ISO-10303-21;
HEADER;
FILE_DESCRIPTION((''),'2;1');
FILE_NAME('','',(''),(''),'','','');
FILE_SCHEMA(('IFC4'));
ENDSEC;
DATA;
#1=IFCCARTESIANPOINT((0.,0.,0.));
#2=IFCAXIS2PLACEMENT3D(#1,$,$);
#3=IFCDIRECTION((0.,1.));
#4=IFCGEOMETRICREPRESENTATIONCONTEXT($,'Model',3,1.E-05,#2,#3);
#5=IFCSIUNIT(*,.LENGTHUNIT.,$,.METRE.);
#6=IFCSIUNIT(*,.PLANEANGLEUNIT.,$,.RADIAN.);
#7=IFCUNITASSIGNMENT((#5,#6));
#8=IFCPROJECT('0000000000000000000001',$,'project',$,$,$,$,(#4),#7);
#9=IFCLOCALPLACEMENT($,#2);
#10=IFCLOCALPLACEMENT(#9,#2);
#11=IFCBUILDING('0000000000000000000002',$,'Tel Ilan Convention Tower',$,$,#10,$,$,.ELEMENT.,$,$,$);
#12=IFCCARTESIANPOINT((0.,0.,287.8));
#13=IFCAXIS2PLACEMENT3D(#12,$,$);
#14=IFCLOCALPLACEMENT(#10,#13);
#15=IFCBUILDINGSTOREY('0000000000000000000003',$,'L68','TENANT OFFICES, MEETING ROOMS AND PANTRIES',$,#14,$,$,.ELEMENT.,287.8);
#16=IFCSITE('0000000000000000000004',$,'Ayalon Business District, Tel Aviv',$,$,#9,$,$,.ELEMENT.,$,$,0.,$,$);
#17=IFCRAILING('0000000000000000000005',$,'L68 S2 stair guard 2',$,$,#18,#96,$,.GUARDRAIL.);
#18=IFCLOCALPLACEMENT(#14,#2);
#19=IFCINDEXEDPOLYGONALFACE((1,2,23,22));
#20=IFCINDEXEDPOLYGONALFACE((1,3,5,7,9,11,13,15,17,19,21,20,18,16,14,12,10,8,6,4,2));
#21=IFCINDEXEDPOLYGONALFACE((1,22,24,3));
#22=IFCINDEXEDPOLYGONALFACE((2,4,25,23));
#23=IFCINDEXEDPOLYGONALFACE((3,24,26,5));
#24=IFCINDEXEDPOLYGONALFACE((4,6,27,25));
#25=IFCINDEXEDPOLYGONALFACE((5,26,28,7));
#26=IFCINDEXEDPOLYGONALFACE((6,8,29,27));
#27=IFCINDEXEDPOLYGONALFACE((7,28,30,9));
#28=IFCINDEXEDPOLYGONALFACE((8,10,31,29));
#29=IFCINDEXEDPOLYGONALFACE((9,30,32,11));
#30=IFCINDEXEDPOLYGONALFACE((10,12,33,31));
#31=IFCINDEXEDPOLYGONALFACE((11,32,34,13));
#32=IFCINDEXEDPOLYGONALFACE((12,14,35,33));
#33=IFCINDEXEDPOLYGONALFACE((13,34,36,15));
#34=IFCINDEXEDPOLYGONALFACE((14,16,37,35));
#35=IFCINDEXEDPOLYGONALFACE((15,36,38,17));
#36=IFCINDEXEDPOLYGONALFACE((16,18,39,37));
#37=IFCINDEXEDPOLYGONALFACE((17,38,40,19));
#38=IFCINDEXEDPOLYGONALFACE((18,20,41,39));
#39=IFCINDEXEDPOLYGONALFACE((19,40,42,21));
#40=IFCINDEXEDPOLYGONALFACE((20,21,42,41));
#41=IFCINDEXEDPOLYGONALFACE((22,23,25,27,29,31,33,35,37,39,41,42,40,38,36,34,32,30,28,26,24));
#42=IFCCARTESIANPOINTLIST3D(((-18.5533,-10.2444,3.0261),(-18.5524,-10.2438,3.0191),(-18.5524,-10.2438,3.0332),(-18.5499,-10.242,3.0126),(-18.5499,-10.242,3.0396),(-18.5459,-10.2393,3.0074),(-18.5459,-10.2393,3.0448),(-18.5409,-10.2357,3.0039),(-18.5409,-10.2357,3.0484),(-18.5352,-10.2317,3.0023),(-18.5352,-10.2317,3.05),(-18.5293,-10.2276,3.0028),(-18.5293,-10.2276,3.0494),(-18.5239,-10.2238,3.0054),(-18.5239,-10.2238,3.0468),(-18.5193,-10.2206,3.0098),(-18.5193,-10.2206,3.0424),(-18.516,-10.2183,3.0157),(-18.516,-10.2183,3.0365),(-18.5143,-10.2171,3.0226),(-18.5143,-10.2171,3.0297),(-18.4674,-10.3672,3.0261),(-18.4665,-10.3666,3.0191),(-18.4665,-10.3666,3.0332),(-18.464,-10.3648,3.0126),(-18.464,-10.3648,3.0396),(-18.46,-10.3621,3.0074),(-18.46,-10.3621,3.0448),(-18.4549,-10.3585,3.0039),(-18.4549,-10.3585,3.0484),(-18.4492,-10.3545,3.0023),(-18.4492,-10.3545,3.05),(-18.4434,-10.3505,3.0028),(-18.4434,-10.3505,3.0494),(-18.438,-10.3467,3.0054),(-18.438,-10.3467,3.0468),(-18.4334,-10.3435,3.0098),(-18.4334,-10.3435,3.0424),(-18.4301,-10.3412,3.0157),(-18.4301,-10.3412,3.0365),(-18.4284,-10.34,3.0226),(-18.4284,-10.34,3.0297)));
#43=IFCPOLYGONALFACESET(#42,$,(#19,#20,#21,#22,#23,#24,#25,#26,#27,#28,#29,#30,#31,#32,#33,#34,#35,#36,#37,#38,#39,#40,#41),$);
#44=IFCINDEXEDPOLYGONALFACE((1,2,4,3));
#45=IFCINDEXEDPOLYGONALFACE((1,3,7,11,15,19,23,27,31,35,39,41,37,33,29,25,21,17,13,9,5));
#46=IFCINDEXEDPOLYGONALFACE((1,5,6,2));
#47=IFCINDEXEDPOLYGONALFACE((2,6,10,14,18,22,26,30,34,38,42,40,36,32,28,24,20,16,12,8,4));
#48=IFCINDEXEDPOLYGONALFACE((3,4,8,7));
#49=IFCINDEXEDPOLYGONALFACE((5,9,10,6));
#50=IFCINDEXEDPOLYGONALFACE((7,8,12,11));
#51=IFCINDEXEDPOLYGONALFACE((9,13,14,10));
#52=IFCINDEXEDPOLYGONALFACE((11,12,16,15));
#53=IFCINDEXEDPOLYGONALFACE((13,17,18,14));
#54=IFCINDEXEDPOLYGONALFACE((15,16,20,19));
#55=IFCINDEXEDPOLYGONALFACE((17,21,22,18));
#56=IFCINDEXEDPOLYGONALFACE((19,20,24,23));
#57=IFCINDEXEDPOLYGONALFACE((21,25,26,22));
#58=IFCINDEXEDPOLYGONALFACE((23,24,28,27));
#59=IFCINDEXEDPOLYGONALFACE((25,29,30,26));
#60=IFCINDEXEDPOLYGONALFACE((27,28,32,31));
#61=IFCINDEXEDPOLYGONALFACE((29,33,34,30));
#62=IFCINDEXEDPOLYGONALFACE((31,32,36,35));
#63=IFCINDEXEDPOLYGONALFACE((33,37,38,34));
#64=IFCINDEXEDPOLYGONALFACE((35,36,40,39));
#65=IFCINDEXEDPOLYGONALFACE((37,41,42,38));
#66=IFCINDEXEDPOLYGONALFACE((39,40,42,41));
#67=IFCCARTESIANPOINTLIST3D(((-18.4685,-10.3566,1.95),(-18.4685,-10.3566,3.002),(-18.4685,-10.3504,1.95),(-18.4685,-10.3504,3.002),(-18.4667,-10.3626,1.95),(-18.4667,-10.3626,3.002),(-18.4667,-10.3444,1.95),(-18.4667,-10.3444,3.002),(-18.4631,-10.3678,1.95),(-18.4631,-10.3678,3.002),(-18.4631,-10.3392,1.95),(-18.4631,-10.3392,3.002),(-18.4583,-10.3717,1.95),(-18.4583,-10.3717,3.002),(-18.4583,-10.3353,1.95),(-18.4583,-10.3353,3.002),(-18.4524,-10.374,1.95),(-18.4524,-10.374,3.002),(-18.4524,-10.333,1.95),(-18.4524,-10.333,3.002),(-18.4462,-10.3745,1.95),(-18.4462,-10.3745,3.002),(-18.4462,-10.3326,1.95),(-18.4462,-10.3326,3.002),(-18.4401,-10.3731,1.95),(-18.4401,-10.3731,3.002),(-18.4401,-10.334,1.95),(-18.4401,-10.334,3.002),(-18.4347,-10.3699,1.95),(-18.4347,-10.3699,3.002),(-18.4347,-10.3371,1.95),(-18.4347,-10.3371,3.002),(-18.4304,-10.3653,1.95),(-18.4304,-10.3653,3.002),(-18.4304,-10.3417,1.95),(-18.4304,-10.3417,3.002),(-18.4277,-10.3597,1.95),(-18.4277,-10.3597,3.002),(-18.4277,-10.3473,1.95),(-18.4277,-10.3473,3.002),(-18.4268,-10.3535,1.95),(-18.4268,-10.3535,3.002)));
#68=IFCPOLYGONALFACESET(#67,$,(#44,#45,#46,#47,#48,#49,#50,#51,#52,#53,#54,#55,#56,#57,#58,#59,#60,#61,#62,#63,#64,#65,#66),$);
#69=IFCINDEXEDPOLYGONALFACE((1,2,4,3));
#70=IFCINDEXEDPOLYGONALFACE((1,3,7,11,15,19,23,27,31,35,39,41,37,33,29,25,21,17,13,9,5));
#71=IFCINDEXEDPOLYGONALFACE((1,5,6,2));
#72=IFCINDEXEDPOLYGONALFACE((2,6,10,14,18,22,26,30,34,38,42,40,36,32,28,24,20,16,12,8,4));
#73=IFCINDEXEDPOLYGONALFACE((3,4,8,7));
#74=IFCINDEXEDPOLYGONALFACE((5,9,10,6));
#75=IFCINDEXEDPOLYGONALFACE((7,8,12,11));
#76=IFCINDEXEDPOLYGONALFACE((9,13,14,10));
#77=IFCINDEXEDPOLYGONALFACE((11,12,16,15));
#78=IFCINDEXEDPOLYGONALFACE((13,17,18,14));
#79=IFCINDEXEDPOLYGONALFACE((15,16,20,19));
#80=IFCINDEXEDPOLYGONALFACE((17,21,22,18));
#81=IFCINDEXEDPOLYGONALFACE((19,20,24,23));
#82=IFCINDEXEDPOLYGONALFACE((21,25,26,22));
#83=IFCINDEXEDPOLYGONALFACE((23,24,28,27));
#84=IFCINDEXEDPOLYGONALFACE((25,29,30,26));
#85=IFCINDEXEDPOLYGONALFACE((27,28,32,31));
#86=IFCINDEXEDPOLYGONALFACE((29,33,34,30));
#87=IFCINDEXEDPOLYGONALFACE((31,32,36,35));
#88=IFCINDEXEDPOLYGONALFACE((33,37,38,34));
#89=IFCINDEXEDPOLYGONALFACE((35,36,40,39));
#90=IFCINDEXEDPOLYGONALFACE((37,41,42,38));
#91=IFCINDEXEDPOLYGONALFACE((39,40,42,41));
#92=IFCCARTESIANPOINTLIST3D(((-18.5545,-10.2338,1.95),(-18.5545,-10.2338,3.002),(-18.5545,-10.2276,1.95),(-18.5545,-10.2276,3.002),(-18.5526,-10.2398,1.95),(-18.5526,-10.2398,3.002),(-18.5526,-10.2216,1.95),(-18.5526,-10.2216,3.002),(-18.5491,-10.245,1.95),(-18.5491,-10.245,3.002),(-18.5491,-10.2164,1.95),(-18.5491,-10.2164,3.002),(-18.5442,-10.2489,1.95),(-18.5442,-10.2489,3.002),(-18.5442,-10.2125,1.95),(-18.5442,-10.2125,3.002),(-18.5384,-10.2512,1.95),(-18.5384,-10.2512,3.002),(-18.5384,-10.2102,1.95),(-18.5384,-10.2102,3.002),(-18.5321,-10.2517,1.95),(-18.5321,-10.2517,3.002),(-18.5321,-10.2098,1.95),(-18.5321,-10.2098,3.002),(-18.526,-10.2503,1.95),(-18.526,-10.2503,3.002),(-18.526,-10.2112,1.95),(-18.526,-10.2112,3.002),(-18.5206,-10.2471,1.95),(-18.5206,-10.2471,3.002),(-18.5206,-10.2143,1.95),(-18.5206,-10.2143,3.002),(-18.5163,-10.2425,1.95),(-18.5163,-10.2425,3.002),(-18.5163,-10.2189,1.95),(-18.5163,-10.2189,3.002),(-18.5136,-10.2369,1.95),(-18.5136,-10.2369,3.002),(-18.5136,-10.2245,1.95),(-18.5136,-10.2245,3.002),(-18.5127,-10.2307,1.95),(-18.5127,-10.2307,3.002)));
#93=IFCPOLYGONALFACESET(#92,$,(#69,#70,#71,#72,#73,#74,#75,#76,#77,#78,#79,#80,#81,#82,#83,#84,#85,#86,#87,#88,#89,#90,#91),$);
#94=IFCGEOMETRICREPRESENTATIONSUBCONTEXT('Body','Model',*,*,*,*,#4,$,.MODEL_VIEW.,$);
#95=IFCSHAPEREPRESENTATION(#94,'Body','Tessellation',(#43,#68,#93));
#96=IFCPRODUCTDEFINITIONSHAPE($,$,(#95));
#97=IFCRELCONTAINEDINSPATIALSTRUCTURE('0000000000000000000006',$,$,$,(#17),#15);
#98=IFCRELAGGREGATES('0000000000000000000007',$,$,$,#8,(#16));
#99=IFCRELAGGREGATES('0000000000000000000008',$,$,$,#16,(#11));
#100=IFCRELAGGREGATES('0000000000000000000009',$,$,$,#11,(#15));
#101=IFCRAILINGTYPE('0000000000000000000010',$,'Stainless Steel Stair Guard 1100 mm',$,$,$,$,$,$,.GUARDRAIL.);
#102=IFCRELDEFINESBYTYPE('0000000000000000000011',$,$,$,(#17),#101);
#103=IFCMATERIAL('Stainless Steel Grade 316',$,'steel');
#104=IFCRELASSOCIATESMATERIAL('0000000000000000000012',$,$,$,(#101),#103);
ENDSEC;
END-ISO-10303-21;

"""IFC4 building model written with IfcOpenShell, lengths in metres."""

from ifc_helpers import new_model, si_unit, direction, frame, origin, origin_2d, place, context, subcontext, project, spatial, circle, extrude, material, type_object, element, save


model = new_model("IFC4")

# Units and contexts
model_context = context("Model", 3, precision=1e-05, world=origin(), true_north=direction((0.0, 1.0)))
body_context = subcontext(model_context, "Body", "Model", "MODEL_VIEW")
ifc_project = project(units=[si_unit("LENGTHUNIT", "METRE"), si_unit("PLANEANGLEUNIT", "RADIAN")], contexts=[model_context])

# Site, building, storey
site_placement = place(None, origin())
site = spatial("IfcSite", under=ifc_project, at=site_placement, Name="Ayalon Business District, Tel Aviv", CompositionType="ELEMENT", RefElevation=0.0)
building_placement = place(site_placement, origin())
building = spatial("IfcBuilding", under=site, at=building_placement, Name="Tel Ilan Convention Tower", CompositionType="ELEMENT")
storey_placement = place(building_placement, frame((0.0, 0.0, 287.8)))
storey = spatial("IfcBuildingStorey", under=building, at=storey_placement, Name="L68", Description="TENANT OFFICES, MEETING ROOMS AND PANTRIES", CompositionType="ELEMENT", Elevation=287.8)

# Railing
ifc_material_1 = material(Name="Stainless Steel Grade 316", Category="steel")
railing_type_1 = type_object("IfcRailingType", Name="Stainless Steel Stair Guard 1100 mm", PredefinedType="GUARDRAIL", material=ifc_material_1)
railing_1_placement = place(storey_placement, frame((-18.4478, -10.3535, 1.95)))
element("IfcRailing", 1, at=railing_1_placement, inside=storey, type_object=railing_type_1, Name="L68 S2 stair guard 2", PredefinedType="GUARDRAIL", context=body_context, shape_type="SweptSolid", body=[
    extrude(circle(Radius=0.0239, at=origin_2d()), frame((0.0, 0.0, 1.0762), z_axis=(-0.573353, 0.819308, 0.0), x_axis=(-0.819308, -0.573353, 0.0)), (0.0, 0.0, 1.0), 0.1499),
    extrude(circle(Radius=0.021, at=origin_2d()), origin(), (0.0, 0.0, 1.0), 1.052),
    extrude(circle(Radius=0.021, at=origin_2d()), frame((-0.0859, 0.1228, 0.0)), (0.0, 0.0, 1.0), 1.052),
])

save(model, "model.ifc")
